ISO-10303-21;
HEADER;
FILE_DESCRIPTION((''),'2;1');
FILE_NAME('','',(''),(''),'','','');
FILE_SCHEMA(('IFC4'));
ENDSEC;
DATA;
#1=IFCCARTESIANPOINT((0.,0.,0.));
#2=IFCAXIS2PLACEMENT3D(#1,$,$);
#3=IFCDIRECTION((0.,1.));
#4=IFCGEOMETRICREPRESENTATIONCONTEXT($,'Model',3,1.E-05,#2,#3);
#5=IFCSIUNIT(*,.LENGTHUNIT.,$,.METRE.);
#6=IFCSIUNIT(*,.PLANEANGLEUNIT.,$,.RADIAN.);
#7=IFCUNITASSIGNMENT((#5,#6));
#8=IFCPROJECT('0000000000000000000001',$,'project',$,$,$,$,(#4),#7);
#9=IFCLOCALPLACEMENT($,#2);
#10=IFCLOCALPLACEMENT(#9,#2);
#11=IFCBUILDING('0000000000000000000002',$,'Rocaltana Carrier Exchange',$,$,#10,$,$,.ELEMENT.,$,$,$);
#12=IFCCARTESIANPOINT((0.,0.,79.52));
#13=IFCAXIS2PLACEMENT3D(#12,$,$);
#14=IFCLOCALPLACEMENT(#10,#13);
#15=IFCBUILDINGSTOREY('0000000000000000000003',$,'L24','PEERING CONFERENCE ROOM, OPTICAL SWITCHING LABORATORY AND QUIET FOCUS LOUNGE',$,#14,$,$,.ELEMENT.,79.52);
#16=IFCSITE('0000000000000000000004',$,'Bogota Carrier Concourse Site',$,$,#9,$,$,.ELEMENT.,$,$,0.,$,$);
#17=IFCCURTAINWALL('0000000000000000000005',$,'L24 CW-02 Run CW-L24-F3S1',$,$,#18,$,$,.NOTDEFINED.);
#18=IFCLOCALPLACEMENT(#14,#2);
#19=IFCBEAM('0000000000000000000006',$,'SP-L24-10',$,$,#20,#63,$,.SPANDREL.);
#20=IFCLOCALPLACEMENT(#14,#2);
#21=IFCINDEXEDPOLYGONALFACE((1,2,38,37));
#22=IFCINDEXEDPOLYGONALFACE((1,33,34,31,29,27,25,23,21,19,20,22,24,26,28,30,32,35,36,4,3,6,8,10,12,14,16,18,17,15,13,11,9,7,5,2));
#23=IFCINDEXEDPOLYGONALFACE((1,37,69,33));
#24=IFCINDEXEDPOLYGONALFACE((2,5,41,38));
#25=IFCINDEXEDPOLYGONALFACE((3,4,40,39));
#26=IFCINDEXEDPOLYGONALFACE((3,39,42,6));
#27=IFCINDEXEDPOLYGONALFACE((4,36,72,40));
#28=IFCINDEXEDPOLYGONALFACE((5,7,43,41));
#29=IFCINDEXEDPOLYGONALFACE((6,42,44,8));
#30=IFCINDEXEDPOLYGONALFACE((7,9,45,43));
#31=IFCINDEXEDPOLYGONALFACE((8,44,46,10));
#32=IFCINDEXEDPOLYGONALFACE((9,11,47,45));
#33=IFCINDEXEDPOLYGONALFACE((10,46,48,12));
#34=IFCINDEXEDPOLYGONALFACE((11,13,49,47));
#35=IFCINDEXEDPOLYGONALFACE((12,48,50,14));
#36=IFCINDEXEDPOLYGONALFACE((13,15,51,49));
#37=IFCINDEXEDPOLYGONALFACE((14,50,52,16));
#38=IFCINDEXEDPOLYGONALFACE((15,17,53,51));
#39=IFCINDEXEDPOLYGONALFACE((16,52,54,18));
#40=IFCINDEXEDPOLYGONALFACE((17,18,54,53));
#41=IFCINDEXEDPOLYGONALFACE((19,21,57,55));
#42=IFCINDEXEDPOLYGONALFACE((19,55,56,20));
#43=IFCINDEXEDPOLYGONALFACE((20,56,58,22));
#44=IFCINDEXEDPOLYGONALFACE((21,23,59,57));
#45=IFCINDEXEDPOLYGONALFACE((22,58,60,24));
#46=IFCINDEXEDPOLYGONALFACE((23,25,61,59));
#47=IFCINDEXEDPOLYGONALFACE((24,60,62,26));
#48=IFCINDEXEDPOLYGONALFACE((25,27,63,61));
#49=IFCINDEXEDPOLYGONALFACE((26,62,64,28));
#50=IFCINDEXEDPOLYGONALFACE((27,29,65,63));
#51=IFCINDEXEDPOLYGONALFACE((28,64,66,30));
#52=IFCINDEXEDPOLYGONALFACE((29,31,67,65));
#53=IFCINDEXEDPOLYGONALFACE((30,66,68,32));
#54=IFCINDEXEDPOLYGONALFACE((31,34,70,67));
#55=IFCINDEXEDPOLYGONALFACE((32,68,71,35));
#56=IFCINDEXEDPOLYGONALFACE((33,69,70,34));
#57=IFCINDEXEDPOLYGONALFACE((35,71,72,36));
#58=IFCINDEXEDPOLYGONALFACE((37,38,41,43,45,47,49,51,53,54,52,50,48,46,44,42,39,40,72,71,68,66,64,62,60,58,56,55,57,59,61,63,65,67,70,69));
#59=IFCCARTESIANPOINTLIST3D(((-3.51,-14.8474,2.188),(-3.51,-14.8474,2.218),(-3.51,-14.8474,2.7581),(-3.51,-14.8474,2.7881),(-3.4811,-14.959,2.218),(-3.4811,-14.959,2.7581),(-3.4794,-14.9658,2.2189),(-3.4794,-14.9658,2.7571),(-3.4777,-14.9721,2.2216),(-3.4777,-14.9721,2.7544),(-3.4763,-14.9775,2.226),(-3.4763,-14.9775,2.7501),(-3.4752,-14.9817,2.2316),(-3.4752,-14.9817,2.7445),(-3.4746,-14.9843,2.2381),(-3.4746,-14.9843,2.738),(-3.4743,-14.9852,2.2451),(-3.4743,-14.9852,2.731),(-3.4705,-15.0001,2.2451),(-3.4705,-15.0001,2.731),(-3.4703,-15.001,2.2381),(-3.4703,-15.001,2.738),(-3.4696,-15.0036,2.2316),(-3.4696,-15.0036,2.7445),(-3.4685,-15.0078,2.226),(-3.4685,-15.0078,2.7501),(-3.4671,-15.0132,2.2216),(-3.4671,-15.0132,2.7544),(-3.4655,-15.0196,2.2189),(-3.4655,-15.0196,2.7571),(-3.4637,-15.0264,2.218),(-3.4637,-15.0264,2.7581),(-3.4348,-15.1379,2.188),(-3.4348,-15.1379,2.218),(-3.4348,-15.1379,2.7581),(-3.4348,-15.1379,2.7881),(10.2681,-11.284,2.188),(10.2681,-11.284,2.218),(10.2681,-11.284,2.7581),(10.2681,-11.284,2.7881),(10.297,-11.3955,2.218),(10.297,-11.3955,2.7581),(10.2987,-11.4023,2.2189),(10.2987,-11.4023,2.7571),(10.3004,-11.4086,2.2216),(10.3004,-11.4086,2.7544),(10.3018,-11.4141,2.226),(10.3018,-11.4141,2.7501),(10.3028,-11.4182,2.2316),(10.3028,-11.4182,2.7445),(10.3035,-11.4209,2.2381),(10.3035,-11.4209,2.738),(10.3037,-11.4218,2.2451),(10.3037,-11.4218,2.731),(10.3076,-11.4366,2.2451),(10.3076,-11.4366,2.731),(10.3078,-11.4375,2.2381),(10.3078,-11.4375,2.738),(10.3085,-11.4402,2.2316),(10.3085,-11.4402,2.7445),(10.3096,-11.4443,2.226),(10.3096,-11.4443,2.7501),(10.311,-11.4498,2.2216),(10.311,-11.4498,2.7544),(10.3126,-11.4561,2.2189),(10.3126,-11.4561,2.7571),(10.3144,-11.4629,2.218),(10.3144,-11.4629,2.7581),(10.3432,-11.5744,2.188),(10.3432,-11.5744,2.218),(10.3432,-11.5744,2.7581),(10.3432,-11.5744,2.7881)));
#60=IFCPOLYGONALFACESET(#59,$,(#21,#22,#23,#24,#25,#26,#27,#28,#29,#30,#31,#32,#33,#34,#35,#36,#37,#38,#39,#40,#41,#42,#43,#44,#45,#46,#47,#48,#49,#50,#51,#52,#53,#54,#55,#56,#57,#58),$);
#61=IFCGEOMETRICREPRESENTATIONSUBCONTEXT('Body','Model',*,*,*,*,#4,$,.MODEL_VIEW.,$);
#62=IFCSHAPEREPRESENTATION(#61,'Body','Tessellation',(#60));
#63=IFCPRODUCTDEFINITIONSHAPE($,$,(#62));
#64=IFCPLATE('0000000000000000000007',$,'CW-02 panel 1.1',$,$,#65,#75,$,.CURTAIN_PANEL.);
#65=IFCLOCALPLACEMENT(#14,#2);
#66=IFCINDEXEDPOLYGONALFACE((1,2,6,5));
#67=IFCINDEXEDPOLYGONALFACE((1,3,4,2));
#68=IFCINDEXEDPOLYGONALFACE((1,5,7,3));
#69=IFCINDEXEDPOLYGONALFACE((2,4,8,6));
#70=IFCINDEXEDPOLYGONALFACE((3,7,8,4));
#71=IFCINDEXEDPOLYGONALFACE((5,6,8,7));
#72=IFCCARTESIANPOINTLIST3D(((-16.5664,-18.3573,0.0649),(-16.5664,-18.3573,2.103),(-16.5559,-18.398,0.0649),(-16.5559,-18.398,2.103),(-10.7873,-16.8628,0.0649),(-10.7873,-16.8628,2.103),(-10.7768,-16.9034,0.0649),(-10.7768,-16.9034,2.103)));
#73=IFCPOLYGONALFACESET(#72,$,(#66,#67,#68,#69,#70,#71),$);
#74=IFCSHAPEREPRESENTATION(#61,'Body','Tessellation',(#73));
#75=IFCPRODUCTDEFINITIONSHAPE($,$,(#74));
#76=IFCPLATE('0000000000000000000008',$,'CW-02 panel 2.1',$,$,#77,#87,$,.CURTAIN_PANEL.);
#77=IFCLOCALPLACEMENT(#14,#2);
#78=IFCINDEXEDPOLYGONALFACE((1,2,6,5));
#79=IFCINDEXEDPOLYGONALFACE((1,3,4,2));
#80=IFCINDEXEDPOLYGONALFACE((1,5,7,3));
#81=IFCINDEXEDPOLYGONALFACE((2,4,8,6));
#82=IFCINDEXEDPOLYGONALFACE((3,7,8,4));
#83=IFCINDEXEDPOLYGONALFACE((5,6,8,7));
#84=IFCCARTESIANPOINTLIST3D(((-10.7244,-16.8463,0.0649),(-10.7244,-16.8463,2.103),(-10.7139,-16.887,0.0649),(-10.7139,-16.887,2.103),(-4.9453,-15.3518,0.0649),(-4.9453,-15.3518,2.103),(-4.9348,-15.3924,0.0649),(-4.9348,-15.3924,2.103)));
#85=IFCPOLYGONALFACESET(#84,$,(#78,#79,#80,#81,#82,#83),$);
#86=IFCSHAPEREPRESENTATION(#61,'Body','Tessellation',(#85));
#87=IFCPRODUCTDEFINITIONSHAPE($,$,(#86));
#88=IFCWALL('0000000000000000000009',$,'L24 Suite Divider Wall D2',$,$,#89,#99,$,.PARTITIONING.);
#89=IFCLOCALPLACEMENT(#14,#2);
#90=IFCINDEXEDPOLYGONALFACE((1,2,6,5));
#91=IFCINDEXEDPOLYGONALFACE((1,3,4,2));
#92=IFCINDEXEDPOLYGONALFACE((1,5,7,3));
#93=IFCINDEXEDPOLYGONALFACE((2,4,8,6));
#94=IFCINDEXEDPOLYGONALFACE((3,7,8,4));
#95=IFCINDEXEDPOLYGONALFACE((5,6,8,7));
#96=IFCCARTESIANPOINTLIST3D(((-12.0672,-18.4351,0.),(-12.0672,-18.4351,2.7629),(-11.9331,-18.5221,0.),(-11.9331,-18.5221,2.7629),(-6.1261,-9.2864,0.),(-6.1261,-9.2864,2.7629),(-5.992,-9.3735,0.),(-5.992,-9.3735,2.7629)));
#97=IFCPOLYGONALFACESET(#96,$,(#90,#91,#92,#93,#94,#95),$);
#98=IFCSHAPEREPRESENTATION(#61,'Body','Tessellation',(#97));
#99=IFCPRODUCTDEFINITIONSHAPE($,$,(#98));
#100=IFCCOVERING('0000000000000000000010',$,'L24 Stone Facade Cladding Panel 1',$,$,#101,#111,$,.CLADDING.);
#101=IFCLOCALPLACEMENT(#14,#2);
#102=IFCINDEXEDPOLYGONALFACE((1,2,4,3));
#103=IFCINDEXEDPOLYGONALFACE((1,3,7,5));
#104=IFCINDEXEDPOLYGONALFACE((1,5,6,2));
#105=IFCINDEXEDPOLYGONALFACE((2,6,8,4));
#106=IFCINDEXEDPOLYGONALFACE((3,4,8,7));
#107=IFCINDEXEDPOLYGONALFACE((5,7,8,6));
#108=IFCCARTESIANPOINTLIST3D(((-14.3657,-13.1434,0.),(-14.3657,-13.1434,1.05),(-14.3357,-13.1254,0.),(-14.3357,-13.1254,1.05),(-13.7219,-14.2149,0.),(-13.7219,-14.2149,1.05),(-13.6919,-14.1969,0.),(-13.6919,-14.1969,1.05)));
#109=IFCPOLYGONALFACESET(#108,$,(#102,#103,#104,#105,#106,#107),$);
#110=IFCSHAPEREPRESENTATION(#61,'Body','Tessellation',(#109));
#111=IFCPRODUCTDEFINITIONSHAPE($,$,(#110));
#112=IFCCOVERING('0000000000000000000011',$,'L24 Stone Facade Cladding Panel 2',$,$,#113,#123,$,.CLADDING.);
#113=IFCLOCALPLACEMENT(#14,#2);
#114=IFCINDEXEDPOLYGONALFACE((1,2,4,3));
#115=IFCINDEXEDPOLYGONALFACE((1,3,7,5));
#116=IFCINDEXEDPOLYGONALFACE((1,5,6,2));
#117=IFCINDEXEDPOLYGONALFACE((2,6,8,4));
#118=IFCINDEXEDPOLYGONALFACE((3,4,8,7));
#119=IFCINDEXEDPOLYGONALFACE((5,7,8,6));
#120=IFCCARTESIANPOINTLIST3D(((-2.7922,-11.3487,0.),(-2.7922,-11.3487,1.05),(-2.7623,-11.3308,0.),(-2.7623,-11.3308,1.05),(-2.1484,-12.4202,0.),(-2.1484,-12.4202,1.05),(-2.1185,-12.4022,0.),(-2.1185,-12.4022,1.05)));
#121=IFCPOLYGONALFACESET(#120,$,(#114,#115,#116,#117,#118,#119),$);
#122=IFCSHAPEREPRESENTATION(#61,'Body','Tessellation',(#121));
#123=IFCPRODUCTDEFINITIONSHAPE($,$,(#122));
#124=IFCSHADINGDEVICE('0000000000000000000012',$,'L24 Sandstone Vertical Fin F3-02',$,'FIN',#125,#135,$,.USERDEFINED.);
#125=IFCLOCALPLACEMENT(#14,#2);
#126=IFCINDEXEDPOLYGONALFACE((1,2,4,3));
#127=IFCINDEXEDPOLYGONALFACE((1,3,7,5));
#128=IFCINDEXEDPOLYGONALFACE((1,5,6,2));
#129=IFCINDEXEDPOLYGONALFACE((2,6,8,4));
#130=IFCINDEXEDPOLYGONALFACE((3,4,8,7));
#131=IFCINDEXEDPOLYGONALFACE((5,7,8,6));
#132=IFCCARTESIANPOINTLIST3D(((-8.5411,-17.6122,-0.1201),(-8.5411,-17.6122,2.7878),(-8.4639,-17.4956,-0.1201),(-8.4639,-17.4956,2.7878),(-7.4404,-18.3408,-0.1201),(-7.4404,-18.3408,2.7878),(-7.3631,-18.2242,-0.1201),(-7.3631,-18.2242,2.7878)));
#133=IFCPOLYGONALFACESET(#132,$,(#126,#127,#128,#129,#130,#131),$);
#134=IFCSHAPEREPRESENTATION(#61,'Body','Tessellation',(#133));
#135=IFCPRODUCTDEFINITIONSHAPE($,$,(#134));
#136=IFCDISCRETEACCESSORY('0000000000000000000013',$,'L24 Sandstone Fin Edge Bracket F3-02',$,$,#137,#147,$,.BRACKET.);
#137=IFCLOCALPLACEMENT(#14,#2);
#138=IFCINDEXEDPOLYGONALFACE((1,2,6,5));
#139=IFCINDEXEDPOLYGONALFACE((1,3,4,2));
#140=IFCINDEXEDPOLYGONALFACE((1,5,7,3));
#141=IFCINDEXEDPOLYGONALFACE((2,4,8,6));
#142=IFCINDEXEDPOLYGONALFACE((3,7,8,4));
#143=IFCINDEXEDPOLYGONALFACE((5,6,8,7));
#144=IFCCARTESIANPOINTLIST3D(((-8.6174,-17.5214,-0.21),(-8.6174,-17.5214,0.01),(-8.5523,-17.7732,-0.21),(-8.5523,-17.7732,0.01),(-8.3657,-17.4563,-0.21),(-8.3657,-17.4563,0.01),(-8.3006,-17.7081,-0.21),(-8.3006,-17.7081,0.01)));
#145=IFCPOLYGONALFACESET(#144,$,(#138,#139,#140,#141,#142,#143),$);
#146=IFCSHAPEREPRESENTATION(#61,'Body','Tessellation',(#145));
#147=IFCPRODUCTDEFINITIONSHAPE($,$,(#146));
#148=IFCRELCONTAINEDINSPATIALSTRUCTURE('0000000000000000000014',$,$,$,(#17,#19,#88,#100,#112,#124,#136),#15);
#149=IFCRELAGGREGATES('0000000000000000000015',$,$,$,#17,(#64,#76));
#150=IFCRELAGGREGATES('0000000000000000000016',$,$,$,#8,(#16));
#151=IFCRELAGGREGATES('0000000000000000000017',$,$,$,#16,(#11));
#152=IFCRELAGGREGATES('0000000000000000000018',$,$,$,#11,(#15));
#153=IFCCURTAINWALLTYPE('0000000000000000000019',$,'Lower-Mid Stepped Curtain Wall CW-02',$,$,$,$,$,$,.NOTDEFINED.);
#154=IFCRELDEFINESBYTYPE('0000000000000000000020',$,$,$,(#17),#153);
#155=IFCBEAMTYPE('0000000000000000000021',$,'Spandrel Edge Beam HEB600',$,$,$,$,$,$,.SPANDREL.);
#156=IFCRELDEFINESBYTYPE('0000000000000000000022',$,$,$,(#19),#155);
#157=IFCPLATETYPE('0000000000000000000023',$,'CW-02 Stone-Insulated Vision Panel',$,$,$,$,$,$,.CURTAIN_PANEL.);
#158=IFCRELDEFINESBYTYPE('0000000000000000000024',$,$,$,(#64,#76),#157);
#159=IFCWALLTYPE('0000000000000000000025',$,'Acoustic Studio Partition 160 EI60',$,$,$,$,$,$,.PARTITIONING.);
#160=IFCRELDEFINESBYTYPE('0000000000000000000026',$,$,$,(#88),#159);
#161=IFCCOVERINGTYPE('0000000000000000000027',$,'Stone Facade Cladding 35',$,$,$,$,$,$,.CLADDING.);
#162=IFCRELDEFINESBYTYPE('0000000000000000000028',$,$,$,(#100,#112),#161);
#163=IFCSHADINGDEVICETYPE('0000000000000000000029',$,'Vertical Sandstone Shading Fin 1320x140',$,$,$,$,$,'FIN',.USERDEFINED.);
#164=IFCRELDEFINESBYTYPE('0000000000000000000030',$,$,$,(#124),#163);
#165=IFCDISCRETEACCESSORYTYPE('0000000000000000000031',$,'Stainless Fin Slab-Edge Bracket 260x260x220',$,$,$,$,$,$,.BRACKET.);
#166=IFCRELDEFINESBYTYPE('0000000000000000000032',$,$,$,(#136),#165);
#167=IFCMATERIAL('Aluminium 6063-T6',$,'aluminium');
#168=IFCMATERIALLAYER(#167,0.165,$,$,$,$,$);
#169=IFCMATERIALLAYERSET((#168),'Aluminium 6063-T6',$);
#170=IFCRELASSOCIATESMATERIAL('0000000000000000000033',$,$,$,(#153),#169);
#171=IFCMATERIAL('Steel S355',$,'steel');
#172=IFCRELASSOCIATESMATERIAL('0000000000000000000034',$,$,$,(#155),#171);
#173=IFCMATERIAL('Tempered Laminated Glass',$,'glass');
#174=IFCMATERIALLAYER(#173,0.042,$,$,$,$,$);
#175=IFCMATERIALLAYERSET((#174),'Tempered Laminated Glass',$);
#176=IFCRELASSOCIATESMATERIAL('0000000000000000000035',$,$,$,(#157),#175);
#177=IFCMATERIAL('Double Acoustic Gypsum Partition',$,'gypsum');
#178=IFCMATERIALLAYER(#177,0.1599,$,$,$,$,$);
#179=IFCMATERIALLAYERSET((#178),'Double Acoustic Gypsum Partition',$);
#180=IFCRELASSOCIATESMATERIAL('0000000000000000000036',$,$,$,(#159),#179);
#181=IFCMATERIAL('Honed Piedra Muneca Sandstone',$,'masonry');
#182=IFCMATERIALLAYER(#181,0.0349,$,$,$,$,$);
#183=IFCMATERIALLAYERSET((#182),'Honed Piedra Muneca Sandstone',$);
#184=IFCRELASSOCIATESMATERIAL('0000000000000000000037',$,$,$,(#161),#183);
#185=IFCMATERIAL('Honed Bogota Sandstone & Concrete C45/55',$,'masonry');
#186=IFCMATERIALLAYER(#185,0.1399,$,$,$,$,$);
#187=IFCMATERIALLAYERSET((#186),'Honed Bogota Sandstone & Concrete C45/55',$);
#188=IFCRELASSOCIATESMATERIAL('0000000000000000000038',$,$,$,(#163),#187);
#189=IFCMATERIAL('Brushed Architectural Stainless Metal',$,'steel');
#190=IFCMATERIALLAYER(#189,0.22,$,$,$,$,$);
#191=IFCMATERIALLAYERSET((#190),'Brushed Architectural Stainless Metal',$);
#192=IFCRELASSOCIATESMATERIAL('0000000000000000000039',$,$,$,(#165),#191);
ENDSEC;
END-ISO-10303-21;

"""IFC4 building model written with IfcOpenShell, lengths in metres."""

from ifc_helpers import new_model, si_unit, direction, frame, frame_2d, origin, origin_2d, place, context, subcontext, project, spatial, rectangle, i_section, extrude, material, layer, layer_set, material_profile, profile_set, type_object, element, aggregate, save


model = new_model("IFC4")

# Units and contexts
model_context = context("Model", 3, precision=1e-05, world=origin(), true_north=direction((0.0, 1.0)))
body_context = subcontext(model_context, "Body", "Model", "MODEL_VIEW")
ifc_project = project(units=[si_unit("LENGTHUNIT", "METRE"), si_unit("PLANEANGLEUNIT", "RADIAN")], contexts=[model_context])

# Site, building, storey
site_placement = place(None, origin())
site = spatial("IfcSite", under=ifc_project, at=site_placement, Name="Bogota Carrier Concourse Site", CompositionType="ELEMENT", RefElevation=0.0)
building_placement = place(site_placement, origin())
building = spatial("IfcBuilding", under=site, at=building_placement, Name="Rocaltana Carrier Exchange", CompositionType="ELEMENT")
storey_placement = place(building_placement, frame((0.0, 0.0, 79.52)))
storey = spatial("IfcBuildingStorey", under=building, at=storey_placement, Name="L24", Description="PEERING CONFERENCE ROOM, OPTICAL SWITCHING LABORATORY AND QUIET FOCUS LOUNGE", CompositionType="ELEMENT", Elevation=79.52)

# Curtain wall
ifc_material_1 = material(Name="Aluminium 6063-T6", Category="aluminium")
ifc_layer_1 = layer(ifc_material_1, 0.165)
ifc_layer_set_1 = layer_set([ifc_layer_1], Name="Aluminium 6063-T6")
curtain_wall_type = type_object("IfcCurtainWallType", Name="Lower-Mid Stepped Curtain Wall CW-02", PredefinedType="NOTDEFINED", material=ifc_layer_set_1)
curtain_wall_1_placement = place(storey_placement, origin())
curtain_wall_1 = element("IfcCurtainWall", 1, at=curtain_wall_1_placement, inside=storey, type_object=curtain_wall_type, Name="L24 CW-02 Run CW-L24-F3S1", PredefinedType="NOTDEFINED")

# Beam
ifc_material_2 = material(Name="Steel S355", Category="steel")
ifc_material_profile_1 = material_profile(ifc_material_2, i_section(OverallWidth=0.3, OverallDepth=0.6001, WebThickness=0.0154, FlangeThickness=0.03, FilletRadius=0.0271, at=origin_2d()), Name="HEB600")
ifc_profile_set_1 = profile_set([ifc_material_profile_1], Name="Steel S355")
beam_type_1 = type_object("IfcBeamType", Name="Spandrel Edge Beam HEB600", PredefinedType="SPANDREL", material=ifc_profile_set_1)
beam_1_placement = place(storey_placement, frame((-3.4724, -14.9927, 2.488), z_axis=(0.968144, 0.250395, 0.0), x_axis=(-0.250395, 0.968144, 0.0)))
element("IfcBeam", 2, at=beam_1_placement, inside=storey, type_object=beam_type_1, Name="SP-L24-10", PredefinedType="SPANDREL", context=body_context, shape_type="SweptSolid", body=[
    extrude(i_section(OverallWidth=0.3, OverallDepth=0.6001, WebThickness=0.0154, FlangeThickness=0.03, FilletRadius=0.0271, at=origin_2d()), origin(), (0.0, 0.0, 1.0), 14.2314),
])

# Plates
ifc_material_3 = material(Name="Tempered Laminated Glass", Category="glass")
ifc_layer_2 = layer(ifc_material_3, 0.042)
ifc_layer_set_2 = layer_set([ifc_layer_2], Name="Tempered Laminated Glass")
plate_type = type_object("IfcPlateType", Name="CW-02 Stone-Insulated Vision Panel", PredefinedType="CURTAIN_PANEL", material=ifc_layer_set_2)
plate_1_placement = place(storey_placement, frame((-13.6716, -17.6304, 0.0649), z_axis=(0.0, 0.0, 1.0), x_axis=(0.968148, 0.250378, 0.0)))
plate_1 = element("IfcPlate", 3, at=plate_1_placement, type_object=plate_type, Name="CW-02 panel 1.1", PredefinedType="CURTAIN_PANEL", context=body_context, shape_type="SweptSolid", body=[
    extrude(rectangle(XDim=5.9692, YDim=0.042, at=origin_2d()), origin(), (0.0, 0.0, 1.0), 2.0381),
])
plate_2_placement = place(storey_placement, frame((-7.8296, -16.1194, 0.0649), z_axis=(0.0, 0.0, 1.0), x_axis=(0.968148, 0.250378, 0.0)))
plate_2 = element("IfcPlate", 4, at=plate_2_placement, type_object=plate_type, Name="CW-02 panel 2.1", PredefinedType="CURTAIN_PANEL", context=body_context, shape_type="SweptSolid", body=[
    extrude(rectangle(XDim=5.9692, YDim=0.042, at=origin_2d()), origin(), (0.0, 0.0, 1.0), 2.0381),
])
aggregate(curtain_wall_1, [plate_1, plate_2])

# Wall
ifc_material_4 = material(Name="Double Acoustic Gypsum Partition", Category="gypsum")
ifc_layer_3 = layer(ifc_material_4, 0.1599)
ifc_layer_set_3 = layer_set([ifc_layer_3], Name="Double Acoustic Gypsum Partition")
wall_type = type_object("IfcWallType", Name="Acoustic Studio Partition 160 EI60", PredefinedType="PARTITIONING", material=ifc_layer_set_3)
wall_placement = place(storey_placement, frame((-6.0591, -9.3301, 0.0), z_axis=(0.0, 0.0, 1.0), x_axis=(-0.544635, -0.838673, 0.0)))
element("IfcWall", 5, at=wall_placement, inside=storey, type_object=wall_type, Name="L24 Suite Divider Wall D2", PredefinedType="PARTITIONING", context=body_context, shape_type="SweptSolid", body=[
    extrude(rectangle(XDim=10.9084, YDim=0.1599, at=frame_2d((5.4541, 0.0))), origin(), (0.0, 0.0, 1.0), 2.7629),
])

# Coverings
ifc_material_5 = material(Name="Honed Piedra Muneca Sandstone", Category="masonry")
ifc_layer_4 = layer(ifc_material_5, 0.0349)
ifc_layer_set_4 = layer_set([ifc_layer_4], Name="Honed Piedra Muneca Sandstone")
covering_type = type_object("IfcCoveringType", Name="Stone Facade Cladding 35", PredefinedType="CLADDING", material=ifc_layer_set_4)
for number, where, z_axis, x_axis, name in (
    (6, (-14.0288, -13.6702, 0.0), (0.0, 0.0, 1.0), (-0.515038, 0.857167, 0.0), "L24 Stone Facade Cladding Panel 1"),
    (7, (-2.4553, -11.8755, 0.0), (0.0, 0.0, 1.0), (-0.515038, 0.857167, 0.0), "L24 Stone Facade Cladding Panel 2"),
):
    element("IfcCovering", number, at=place(storey_placement, frame(where, z_axis=z_axis, x_axis=x_axis)), inside=storey, type_object=covering_type, Name=name, PredefinedType="CLADDING", context=body_context, shape_type="SweptSolid", body=[
        extrude(rectangle(XDim=1.25, YDim=0.0349, at=origin_2d()), origin(), (0.0, 0.0, 1.0), 1.05),
    ])

# Shading device
ifc_material_6 = material(Name="Honed Bogota Sandstone & Concrete C45/55", Category="masonry")
ifc_layer_5 = layer(ifc_material_6, 0.1399)
ifc_layer_set_5 = layer_set([ifc_layer_5], Name="Honed Bogota Sandstone & Concrete C45/55")
shading_device_type = type_object("IfcShadingDeviceType", Name="Vertical Sandstone Shading Fin 1320x140", ElementType="FIN", PredefinedType="USERDEFINED", material=ifc_layer_set_5)
shading_device_placement = place(storey_placement, frame((-7.9521, -17.9182, -0.1201), z_axis=(0.0, 0.0, 1.0), x_axis=(0.833886, -0.551937, 0.0)))
element("IfcShadingDevice", 8, at=shading_device_placement, inside=storey, type_object=shading_device_type, Name="L24 Sandstone Vertical Fin F3-02", ObjectType="FIN", PredefinedType="USERDEFINED", context=body_context, shape_type="SweptSolid", body=[
    extrude(rectangle(XDim=1.3201, YDim=0.1399, at=origin_2d()), origin(), (0.0, 0.0, 1.0), 2.908),
])

# Discrete accessory
ifc_material_7 = material(Name="Brushed Architectural Stainless Metal", Category="steel")
ifc_layer_6 = layer(ifc_material_7, 0.22)
ifc_layer_set_6 = layer_set([ifc_layer_6], Name="Brushed Architectural Stainless Metal")
discrete_accessory_type = type_object("IfcDiscreteAccessoryType", Name="Stainless Fin Slab-Edge Bracket 260x260x220", PredefinedType="BRACKET", material=ifc_layer_set_6)
discrete_accessory_placement = place(storey_placement, frame((-8.459, -17.6147, -0.21), z_axis=(0.0, 0.0, 1.0), x_axis=(0.968148, 0.25038, 0.0)))
element("IfcDiscreteAccessory", 9, at=discrete_accessory_placement, inside=storey, type_object=discrete_accessory_type, Name="L24 Sandstone Fin Edge Bracket F3-02", PredefinedType="BRACKET", context=body_context, shape_type="SweptSolid", body=[
    extrude(rectangle(XDim=0.26, YDim=0.26, at=origin_2d()), origin(), (0.0, 0.0, 1.0), 0.22),
])

save(model, "model.ifc")
